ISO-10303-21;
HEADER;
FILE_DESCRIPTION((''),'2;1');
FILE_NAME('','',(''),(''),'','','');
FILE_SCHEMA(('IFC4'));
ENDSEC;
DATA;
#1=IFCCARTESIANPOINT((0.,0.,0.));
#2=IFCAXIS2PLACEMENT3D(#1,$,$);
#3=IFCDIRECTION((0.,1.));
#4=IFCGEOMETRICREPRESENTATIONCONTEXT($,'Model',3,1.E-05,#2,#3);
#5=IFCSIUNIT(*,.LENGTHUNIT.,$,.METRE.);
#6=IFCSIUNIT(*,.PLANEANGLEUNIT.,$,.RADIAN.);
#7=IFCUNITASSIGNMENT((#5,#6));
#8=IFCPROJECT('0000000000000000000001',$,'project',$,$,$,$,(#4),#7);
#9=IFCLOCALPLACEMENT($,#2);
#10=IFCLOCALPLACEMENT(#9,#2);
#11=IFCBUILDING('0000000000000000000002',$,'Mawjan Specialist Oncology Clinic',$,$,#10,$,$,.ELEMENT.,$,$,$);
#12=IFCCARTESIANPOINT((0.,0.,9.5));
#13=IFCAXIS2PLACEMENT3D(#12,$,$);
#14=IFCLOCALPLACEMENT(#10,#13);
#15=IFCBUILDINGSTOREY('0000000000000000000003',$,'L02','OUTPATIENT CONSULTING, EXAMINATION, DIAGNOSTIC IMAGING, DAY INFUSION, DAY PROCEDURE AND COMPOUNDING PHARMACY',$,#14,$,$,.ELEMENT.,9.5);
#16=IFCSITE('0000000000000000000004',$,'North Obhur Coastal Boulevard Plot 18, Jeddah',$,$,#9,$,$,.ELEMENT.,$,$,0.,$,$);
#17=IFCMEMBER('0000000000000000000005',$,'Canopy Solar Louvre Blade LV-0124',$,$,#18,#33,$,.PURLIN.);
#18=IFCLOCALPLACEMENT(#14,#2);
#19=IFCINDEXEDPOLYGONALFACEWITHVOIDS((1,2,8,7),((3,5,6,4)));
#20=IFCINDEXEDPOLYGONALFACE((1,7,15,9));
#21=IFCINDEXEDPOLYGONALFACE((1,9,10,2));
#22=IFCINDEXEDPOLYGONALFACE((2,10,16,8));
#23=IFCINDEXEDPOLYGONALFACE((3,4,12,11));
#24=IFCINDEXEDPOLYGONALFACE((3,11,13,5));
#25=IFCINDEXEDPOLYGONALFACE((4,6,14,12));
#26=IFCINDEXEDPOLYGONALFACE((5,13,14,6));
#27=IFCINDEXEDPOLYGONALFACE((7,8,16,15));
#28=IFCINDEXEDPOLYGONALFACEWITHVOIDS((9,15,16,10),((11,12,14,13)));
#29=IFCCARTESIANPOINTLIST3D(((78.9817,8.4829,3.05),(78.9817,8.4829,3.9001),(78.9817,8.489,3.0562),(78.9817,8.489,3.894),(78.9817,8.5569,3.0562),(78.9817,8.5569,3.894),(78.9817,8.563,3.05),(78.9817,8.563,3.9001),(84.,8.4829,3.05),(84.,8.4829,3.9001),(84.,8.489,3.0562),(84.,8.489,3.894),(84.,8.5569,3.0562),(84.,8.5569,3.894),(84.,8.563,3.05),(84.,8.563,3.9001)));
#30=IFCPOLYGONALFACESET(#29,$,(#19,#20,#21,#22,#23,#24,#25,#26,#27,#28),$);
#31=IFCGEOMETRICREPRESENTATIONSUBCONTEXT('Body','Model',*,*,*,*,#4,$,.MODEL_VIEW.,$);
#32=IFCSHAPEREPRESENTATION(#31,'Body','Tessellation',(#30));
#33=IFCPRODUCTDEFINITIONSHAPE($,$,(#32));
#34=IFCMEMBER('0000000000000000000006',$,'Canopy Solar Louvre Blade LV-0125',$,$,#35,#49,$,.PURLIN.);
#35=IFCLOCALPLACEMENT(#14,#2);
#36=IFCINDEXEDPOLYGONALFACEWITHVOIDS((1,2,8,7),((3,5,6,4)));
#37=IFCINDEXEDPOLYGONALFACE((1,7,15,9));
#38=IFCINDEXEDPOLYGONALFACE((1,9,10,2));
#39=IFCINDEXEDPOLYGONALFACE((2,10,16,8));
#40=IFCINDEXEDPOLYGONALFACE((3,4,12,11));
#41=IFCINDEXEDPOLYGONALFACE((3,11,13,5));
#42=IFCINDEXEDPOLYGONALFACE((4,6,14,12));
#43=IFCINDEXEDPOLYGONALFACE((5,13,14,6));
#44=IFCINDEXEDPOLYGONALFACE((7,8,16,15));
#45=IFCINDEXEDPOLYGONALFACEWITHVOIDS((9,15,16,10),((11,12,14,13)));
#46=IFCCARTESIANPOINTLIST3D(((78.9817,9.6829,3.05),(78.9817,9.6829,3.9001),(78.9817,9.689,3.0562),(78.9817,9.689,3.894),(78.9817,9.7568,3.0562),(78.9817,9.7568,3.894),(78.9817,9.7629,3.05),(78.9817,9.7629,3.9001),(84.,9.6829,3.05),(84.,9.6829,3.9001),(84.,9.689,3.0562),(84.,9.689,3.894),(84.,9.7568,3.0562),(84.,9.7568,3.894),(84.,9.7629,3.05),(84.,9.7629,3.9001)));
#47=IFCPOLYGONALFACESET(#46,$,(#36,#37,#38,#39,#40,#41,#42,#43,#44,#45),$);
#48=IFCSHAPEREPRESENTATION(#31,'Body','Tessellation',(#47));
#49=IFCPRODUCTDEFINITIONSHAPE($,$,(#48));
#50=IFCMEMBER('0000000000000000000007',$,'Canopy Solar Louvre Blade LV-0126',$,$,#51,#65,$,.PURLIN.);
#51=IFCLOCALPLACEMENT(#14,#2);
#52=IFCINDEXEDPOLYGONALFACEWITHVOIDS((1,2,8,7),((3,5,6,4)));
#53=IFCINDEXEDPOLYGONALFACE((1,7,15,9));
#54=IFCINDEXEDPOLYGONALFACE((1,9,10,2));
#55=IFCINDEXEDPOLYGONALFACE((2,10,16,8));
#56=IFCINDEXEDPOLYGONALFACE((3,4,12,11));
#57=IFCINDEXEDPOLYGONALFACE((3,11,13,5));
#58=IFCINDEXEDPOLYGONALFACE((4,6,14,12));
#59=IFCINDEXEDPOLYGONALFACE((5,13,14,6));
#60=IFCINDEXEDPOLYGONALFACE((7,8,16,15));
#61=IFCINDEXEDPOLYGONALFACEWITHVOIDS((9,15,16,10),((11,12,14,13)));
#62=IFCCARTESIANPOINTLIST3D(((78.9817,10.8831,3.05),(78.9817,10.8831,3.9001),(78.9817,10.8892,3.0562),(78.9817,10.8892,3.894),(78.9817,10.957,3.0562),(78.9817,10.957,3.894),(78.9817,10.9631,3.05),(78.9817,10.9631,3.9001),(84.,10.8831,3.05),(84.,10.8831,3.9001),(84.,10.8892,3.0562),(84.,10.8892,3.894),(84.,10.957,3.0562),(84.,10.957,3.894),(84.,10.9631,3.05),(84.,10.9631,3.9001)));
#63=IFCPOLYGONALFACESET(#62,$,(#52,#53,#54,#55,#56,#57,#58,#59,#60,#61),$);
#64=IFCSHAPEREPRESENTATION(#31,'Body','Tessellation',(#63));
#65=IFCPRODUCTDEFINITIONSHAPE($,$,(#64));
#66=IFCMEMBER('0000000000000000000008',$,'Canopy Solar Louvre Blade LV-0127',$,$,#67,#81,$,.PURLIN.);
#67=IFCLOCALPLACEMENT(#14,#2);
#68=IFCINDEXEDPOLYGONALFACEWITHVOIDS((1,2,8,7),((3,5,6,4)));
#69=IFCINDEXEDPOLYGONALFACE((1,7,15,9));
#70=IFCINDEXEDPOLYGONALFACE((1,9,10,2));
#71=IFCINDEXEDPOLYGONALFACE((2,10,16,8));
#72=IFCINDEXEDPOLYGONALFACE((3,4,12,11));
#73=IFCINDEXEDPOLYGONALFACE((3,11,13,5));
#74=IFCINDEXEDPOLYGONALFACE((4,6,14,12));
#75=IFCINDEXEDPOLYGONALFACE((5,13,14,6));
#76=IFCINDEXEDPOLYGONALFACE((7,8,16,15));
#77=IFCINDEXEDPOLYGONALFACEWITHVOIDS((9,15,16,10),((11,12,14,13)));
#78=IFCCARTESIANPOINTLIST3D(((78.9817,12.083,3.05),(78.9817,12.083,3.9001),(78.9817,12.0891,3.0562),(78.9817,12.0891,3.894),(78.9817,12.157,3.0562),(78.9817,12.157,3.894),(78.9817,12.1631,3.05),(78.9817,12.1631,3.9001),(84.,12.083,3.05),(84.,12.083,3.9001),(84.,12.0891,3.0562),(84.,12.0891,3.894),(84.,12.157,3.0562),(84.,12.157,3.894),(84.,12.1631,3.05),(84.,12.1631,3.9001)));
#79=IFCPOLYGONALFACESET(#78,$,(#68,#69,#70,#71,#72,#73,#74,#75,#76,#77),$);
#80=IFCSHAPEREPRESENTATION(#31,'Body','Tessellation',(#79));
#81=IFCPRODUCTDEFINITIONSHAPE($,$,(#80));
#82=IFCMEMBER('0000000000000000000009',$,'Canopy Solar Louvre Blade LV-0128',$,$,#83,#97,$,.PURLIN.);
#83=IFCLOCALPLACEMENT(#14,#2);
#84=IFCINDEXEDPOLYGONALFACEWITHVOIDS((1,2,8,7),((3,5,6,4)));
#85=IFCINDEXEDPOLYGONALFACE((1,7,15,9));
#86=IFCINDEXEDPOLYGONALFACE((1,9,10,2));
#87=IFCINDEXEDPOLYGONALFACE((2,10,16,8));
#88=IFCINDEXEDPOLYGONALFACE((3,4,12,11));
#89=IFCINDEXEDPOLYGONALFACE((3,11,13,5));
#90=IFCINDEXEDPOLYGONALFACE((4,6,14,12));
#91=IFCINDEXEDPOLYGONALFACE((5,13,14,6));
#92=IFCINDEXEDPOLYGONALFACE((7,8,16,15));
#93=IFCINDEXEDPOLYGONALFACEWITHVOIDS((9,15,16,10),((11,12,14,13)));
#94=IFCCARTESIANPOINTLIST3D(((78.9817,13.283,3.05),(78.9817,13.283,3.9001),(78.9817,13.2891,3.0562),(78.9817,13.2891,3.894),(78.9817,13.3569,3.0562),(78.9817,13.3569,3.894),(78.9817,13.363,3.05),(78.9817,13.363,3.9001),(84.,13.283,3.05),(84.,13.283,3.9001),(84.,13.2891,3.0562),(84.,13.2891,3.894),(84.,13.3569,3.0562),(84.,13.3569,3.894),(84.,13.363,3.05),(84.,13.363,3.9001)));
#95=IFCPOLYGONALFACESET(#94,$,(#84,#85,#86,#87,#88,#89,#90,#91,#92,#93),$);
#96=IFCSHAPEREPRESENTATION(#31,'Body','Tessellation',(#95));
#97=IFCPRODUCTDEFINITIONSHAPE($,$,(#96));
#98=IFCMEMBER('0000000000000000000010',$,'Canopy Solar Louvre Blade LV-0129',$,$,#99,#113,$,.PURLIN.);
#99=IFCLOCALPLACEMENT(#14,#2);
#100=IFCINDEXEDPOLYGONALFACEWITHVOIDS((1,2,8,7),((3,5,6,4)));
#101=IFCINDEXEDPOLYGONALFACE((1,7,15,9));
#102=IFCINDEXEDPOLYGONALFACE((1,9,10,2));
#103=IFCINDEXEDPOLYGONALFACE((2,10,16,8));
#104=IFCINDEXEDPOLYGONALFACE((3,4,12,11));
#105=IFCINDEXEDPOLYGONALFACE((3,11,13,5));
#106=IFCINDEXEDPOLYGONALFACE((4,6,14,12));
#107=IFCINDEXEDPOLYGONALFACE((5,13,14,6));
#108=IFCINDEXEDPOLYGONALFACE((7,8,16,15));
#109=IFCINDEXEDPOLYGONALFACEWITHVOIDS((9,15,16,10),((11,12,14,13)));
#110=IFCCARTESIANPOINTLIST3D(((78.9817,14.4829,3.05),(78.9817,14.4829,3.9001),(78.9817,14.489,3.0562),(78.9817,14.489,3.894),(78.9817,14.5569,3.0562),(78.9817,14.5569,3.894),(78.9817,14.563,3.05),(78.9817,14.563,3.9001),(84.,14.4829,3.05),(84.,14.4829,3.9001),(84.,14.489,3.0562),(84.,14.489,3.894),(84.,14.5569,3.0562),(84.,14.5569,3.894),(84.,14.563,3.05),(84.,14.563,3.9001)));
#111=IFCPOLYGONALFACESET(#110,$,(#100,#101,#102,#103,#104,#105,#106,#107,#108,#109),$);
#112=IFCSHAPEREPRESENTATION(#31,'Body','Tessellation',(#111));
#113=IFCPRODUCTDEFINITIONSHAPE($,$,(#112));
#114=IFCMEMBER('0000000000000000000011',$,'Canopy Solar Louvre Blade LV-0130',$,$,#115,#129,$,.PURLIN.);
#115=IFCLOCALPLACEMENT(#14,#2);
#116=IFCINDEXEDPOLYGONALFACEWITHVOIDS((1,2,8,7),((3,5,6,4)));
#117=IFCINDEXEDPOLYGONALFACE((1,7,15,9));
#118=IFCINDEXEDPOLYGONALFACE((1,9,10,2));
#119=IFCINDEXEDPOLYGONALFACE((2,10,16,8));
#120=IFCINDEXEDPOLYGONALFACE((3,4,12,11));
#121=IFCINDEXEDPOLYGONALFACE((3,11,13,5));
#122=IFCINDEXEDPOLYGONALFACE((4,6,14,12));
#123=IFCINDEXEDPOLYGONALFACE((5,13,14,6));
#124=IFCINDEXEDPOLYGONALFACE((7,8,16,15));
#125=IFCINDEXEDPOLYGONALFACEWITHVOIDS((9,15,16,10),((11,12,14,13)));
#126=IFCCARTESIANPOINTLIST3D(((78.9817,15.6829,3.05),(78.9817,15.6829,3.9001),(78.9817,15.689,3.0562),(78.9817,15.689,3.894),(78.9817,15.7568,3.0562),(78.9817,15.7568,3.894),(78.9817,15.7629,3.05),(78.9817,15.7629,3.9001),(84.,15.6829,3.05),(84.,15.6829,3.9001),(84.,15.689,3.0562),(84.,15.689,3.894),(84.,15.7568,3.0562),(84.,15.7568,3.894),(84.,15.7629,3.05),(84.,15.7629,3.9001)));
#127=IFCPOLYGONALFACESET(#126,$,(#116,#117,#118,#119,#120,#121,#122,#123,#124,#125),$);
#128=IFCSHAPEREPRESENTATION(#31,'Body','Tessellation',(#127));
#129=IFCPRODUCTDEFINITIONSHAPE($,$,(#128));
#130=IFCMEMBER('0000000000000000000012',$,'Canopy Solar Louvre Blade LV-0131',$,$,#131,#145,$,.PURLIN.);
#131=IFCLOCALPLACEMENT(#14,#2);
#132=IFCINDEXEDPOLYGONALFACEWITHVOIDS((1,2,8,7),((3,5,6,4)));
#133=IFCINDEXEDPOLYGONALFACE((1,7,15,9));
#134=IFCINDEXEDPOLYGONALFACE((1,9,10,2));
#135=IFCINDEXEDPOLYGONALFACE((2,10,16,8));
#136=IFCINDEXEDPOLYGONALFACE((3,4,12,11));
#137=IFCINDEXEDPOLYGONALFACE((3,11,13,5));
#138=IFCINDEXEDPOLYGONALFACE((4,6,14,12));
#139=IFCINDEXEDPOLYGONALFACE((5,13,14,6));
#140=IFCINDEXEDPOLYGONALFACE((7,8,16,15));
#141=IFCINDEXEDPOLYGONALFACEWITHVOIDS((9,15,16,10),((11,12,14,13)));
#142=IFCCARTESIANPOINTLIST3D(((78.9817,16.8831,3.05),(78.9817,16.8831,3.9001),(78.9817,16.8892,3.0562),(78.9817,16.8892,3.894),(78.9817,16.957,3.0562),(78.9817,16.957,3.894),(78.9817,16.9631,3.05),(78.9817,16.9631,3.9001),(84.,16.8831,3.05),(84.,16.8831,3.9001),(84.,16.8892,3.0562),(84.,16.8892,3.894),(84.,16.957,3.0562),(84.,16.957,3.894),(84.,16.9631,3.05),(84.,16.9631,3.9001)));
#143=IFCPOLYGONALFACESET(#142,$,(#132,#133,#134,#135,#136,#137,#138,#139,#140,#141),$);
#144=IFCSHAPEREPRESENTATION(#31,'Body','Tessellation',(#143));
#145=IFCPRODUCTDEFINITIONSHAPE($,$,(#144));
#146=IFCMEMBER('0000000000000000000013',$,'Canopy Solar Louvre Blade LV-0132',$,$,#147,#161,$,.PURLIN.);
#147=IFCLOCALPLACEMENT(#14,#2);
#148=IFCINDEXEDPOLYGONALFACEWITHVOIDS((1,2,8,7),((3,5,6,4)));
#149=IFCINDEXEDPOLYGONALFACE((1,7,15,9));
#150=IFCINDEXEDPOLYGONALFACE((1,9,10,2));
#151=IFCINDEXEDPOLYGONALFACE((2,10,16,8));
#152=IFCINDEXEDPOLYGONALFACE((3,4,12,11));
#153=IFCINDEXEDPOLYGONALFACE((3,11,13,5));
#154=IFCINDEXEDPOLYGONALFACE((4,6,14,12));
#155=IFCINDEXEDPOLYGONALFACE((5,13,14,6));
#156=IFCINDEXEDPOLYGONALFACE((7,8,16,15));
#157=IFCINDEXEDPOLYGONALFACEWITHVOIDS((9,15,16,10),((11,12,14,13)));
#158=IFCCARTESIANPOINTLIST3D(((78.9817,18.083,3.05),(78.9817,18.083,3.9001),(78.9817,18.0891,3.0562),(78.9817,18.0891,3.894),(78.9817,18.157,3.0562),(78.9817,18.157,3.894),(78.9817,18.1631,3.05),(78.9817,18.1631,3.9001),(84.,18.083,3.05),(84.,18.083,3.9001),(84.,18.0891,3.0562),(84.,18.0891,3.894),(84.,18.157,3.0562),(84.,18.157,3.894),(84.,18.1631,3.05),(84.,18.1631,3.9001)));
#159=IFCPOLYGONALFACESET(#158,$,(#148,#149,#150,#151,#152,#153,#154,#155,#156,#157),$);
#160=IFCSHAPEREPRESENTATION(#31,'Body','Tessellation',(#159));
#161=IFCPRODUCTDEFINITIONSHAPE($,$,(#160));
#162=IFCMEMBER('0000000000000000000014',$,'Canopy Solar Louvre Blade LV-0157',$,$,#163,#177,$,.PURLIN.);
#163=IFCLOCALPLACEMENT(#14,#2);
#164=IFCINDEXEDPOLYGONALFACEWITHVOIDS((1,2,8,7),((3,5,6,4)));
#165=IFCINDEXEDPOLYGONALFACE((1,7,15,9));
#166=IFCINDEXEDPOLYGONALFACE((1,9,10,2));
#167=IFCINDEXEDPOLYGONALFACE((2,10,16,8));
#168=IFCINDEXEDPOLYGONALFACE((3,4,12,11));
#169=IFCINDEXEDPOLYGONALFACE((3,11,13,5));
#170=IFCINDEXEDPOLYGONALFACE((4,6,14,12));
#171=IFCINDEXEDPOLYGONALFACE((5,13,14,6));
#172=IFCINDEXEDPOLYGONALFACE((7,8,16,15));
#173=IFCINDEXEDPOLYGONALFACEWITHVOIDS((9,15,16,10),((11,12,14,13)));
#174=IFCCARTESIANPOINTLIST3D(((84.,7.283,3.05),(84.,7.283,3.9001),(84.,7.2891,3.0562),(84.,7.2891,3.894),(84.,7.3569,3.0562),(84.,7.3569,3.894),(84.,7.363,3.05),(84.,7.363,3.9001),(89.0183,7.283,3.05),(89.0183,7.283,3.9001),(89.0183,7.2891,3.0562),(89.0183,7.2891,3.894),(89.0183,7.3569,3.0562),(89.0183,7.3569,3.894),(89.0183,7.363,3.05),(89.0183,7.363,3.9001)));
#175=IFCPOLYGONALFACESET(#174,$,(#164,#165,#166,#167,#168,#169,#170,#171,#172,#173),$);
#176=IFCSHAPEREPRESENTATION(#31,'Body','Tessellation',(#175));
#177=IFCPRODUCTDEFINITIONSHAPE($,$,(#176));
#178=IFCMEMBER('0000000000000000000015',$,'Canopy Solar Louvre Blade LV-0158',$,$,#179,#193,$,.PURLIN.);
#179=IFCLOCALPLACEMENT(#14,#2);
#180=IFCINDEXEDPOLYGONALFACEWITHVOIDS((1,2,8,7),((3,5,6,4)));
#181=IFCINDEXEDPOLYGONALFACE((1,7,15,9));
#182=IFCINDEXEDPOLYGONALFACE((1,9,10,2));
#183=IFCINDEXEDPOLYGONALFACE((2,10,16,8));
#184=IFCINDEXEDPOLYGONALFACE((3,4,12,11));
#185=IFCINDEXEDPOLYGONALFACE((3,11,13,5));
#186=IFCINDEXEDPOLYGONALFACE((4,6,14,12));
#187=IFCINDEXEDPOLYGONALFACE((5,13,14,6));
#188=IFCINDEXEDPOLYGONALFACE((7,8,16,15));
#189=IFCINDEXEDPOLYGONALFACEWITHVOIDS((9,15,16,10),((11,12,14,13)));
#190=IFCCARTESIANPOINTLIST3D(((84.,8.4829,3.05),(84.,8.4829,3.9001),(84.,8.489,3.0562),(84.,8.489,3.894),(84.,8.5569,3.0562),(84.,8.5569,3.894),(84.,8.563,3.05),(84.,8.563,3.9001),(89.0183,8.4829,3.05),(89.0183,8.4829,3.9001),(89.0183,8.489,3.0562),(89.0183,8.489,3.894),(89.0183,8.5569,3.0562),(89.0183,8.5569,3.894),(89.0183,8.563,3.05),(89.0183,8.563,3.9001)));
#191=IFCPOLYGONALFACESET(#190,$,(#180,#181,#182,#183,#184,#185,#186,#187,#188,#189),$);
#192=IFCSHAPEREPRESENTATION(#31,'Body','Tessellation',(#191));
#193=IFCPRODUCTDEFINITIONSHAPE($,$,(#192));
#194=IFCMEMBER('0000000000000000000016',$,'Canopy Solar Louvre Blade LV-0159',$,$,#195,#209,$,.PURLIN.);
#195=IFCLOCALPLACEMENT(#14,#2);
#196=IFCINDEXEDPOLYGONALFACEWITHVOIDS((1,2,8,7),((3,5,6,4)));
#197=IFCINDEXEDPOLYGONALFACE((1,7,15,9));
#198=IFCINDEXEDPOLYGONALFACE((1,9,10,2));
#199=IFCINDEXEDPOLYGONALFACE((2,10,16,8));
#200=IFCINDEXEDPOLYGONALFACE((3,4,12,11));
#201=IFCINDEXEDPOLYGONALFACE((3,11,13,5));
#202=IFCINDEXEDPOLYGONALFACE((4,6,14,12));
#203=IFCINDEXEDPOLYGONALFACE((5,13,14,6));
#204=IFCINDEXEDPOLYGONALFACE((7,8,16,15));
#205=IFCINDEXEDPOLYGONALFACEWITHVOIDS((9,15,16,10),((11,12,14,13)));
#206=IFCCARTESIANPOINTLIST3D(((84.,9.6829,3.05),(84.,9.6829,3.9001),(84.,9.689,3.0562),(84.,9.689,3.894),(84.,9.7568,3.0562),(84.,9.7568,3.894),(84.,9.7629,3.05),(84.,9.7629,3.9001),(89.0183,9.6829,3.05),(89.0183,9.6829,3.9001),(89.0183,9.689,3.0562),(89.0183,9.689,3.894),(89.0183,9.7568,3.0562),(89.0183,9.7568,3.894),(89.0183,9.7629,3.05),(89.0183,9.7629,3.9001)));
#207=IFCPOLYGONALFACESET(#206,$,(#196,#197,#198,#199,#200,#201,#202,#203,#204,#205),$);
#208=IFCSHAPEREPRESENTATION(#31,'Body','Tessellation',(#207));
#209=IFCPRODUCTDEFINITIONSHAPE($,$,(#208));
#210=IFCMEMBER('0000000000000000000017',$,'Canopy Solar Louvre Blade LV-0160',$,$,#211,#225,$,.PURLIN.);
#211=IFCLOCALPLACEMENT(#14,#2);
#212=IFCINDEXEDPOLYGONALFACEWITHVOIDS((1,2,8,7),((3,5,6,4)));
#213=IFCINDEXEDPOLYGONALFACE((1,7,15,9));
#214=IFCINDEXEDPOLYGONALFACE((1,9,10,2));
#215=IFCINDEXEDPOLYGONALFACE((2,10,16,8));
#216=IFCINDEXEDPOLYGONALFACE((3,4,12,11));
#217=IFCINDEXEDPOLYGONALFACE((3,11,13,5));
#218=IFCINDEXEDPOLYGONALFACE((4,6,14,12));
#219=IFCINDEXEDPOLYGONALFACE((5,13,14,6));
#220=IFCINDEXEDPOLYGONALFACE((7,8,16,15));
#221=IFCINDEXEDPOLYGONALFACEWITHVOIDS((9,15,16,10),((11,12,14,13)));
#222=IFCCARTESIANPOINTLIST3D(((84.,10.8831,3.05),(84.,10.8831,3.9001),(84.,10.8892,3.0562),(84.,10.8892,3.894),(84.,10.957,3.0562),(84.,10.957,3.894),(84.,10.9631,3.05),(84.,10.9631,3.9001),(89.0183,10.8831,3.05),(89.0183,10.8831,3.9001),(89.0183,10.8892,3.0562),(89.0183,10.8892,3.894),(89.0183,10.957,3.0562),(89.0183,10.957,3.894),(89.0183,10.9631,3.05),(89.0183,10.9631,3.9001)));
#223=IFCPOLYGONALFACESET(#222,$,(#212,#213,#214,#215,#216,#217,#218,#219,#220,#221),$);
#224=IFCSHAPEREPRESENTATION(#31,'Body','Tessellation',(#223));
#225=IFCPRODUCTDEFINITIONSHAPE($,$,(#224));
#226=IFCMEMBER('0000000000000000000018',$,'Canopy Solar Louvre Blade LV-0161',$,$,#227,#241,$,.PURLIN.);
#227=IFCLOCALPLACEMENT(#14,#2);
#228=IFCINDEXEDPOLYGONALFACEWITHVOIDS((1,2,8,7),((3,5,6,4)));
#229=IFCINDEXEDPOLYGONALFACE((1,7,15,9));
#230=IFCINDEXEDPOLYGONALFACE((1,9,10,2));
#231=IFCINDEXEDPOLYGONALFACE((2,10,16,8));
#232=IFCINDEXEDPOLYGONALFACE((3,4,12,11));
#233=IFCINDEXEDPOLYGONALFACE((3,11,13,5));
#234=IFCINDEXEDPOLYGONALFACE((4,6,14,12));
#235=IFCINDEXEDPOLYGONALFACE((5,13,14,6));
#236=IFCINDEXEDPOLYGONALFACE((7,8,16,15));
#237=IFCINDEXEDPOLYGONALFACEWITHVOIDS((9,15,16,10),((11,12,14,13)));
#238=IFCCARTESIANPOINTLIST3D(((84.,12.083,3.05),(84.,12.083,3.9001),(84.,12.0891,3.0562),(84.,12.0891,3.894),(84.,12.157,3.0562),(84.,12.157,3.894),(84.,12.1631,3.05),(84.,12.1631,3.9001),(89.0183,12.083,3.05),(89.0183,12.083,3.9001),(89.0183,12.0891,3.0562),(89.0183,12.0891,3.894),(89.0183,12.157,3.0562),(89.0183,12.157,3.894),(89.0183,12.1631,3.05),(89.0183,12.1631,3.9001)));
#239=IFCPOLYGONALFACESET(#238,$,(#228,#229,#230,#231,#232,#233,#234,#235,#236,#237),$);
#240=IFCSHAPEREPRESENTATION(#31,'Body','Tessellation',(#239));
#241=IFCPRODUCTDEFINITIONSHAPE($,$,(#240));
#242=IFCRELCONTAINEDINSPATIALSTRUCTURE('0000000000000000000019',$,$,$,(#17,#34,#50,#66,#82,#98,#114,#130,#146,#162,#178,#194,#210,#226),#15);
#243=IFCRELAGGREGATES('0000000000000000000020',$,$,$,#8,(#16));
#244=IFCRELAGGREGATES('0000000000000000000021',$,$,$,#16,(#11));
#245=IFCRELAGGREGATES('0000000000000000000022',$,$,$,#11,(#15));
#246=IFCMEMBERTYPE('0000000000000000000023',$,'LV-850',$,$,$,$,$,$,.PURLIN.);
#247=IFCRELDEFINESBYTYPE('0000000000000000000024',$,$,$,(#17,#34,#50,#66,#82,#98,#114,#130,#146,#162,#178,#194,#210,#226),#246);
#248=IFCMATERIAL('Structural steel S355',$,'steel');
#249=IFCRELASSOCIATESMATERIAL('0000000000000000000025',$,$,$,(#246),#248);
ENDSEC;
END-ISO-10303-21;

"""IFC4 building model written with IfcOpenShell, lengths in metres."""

from ifc_helpers import new_model, si_unit, direction, frame, origin, origin_2d, place, context, subcontext, project, spatial, hollow_rectangle, extrude, material, material_profile, profile_set, type_object, element, save


model = new_model("IFC4")

# Units and contexts
model_context = context("Model", 3, precision=1e-05, world=origin(), true_north=direction((0.0, 1.0)))
body_context = subcontext(model_context, "Body", "Model", "MODEL_VIEW")
ifc_project = project(units=[si_unit("LENGTHUNIT", "METRE"), si_unit("PLANEANGLEUNIT", "RADIAN")], contexts=[model_context])

# Site, building, storey
site_placement = place(None, origin())
site = spatial("IfcSite", under=ifc_project, at=site_placement, Name="North Obhur Coastal Boulevard Plot 18, Jeddah", CompositionType="ELEMENT", RefElevation=0.0)
building_placement = place(site_placement, origin())
building = spatial("IfcBuilding", under=site, at=building_placement, Name="Mawjan Specialist Oncology Clinic", CompositionType="ELEMENT")
storey_placement = place(building_placement, frame((0.0, 0.0, 9.5)))
storey = spatial("IfcBuildingStorey", under=building, at=storey_placement, Name="L02", Description="OUTPATIENT CONSULTING, EXAMINATION, DIAGNOSTIC IMAGING, DAY INFUSION, DAY PROCEDURE AND COMPOUNDING PHARMACY", CompositionType="ELEMENT", Elevation=9.5)

# Members
ifc_material_1 = material(Name="Structural steel S355", Category="steel")
ifc_material_profile = material_profile(ifc_material_1, hollow_rectangle(XDim=0.0801, YDim=0.8501, WallThickness=0.0061, at=origin_2d()), Name="LOUVRE 850x80x6", Category="steel")
ifc_profile_set = profile_set([ifc_material_profile], Name="Structural steel S355")
member_type = type_object("IfcMemberType", Name="LV-850", PredefinedType="PURLIN", material=ifc_profile_set)
for number, where, z_axis, x_axis, name in (
    (1, (78.9817, 8.5229, 3.4751), (1.0, 0.0, 0.0), (0.0, 1.0, 0.0), "Canopy Solar Louvre Blade LV-0124"),
    (2, (78.9817, 9.7229, 3.4751), (1.0, 0.0, 0.0), (0.0, 1.0, 0.0), "Canopy Solar Louvre Blade LV-0125"),
    (3, (78.9817, 10.9231, 3.4751), (1.0, 0.0, 0.0), (0.0, 1.0, 0.0), "Canopy Solar Louvre Blade LV-0126"),
    (4, (78.9817, 12.123, 3.4751), (1.0, 0.0, 0.0), (0.0, 1.0, 0.0), "Canopy Solar Louvre Blade LV-0127"),
    (5, (78.9817, 13.323, 3.4751), (1.0, 0.0, 0.0), (0.0, 1.0, 0.0), "Canopy Solar Louvre Blade LV-0128"),
    (6, (78.9817, 14.5229, 3.4751), (1.0, 0.0, 0.0), (0.0, 1.0, 0.0), "Canopy Solar Louvre Blade LV-0129"),
    (7, (78.9817, 15.7229, 3.4751), (1.0, 0.0, 0.0), (0.0, 1.0, 0.0), "Canopy Solar Louvre Blade LV-0130"),
    (8, (78.9817, 16.9231, 3.4751), (1.0, 0.0, 0.0), (0.0, 1.0, 0.0), "Canopy Solar Louvre Blade LV-0131"),
    (9, (78.9817, 18.123, 3.4751), (1.0, 0.0, 0.0), (0.0, 1.0, 0.0), "Canopy Solar Louvre Blade LV-0132"),
    (10, (84.0, 7.323, 3.4751), (1.0, 0.0, 0.0), (0.0, 1.0, 0.0), "Canopy Solar Louvre Blade LV-0157"),
    (11, (84.0, 8.5229, 3.4751), (1.0, 0.0, 0.0), (0.0, 1.0, 0.0), "Canopy Solar Louvre Blade LV-0158"),
    (12, (84.0, 9.7229, 3.4751), (1.0, 0.0, 0.0), (0.0, 1.0, 0.0), "Canopy Solar Louvre Blade LV-0159"),
    (13, (84.0, 10.9231, 3.4751), (1.0, 0.0, 0.0), (0.0, 1.0, 0.0), "Canopy Solar Louvre Blade LV-0160"),
    (14, (84.0, 12.123, 3.4751), (1.0, 0.0, 0.0), (0.0, 1.0, 0.0), "Canopy Solar Louvre Blade LV-0161"),
):
    element("IfcMember", number, at=place(storey_placement, frame(where, z_axis=z_axis, x_axis=x_axis)), inside=storey, type_object=member_type, Name=name, PredefinedType="PURLIN", context=body_context, shape_type="SweptSolid", body=[
        extrude(hollow_rectangle(XDim=0.0801, YDim=0.8501, WallThickness=0.0061, at=origin_2d()), origin(), (0.0, 0.0, 1.0), 5.0183),
    ])

save(model, "model.ifc")
